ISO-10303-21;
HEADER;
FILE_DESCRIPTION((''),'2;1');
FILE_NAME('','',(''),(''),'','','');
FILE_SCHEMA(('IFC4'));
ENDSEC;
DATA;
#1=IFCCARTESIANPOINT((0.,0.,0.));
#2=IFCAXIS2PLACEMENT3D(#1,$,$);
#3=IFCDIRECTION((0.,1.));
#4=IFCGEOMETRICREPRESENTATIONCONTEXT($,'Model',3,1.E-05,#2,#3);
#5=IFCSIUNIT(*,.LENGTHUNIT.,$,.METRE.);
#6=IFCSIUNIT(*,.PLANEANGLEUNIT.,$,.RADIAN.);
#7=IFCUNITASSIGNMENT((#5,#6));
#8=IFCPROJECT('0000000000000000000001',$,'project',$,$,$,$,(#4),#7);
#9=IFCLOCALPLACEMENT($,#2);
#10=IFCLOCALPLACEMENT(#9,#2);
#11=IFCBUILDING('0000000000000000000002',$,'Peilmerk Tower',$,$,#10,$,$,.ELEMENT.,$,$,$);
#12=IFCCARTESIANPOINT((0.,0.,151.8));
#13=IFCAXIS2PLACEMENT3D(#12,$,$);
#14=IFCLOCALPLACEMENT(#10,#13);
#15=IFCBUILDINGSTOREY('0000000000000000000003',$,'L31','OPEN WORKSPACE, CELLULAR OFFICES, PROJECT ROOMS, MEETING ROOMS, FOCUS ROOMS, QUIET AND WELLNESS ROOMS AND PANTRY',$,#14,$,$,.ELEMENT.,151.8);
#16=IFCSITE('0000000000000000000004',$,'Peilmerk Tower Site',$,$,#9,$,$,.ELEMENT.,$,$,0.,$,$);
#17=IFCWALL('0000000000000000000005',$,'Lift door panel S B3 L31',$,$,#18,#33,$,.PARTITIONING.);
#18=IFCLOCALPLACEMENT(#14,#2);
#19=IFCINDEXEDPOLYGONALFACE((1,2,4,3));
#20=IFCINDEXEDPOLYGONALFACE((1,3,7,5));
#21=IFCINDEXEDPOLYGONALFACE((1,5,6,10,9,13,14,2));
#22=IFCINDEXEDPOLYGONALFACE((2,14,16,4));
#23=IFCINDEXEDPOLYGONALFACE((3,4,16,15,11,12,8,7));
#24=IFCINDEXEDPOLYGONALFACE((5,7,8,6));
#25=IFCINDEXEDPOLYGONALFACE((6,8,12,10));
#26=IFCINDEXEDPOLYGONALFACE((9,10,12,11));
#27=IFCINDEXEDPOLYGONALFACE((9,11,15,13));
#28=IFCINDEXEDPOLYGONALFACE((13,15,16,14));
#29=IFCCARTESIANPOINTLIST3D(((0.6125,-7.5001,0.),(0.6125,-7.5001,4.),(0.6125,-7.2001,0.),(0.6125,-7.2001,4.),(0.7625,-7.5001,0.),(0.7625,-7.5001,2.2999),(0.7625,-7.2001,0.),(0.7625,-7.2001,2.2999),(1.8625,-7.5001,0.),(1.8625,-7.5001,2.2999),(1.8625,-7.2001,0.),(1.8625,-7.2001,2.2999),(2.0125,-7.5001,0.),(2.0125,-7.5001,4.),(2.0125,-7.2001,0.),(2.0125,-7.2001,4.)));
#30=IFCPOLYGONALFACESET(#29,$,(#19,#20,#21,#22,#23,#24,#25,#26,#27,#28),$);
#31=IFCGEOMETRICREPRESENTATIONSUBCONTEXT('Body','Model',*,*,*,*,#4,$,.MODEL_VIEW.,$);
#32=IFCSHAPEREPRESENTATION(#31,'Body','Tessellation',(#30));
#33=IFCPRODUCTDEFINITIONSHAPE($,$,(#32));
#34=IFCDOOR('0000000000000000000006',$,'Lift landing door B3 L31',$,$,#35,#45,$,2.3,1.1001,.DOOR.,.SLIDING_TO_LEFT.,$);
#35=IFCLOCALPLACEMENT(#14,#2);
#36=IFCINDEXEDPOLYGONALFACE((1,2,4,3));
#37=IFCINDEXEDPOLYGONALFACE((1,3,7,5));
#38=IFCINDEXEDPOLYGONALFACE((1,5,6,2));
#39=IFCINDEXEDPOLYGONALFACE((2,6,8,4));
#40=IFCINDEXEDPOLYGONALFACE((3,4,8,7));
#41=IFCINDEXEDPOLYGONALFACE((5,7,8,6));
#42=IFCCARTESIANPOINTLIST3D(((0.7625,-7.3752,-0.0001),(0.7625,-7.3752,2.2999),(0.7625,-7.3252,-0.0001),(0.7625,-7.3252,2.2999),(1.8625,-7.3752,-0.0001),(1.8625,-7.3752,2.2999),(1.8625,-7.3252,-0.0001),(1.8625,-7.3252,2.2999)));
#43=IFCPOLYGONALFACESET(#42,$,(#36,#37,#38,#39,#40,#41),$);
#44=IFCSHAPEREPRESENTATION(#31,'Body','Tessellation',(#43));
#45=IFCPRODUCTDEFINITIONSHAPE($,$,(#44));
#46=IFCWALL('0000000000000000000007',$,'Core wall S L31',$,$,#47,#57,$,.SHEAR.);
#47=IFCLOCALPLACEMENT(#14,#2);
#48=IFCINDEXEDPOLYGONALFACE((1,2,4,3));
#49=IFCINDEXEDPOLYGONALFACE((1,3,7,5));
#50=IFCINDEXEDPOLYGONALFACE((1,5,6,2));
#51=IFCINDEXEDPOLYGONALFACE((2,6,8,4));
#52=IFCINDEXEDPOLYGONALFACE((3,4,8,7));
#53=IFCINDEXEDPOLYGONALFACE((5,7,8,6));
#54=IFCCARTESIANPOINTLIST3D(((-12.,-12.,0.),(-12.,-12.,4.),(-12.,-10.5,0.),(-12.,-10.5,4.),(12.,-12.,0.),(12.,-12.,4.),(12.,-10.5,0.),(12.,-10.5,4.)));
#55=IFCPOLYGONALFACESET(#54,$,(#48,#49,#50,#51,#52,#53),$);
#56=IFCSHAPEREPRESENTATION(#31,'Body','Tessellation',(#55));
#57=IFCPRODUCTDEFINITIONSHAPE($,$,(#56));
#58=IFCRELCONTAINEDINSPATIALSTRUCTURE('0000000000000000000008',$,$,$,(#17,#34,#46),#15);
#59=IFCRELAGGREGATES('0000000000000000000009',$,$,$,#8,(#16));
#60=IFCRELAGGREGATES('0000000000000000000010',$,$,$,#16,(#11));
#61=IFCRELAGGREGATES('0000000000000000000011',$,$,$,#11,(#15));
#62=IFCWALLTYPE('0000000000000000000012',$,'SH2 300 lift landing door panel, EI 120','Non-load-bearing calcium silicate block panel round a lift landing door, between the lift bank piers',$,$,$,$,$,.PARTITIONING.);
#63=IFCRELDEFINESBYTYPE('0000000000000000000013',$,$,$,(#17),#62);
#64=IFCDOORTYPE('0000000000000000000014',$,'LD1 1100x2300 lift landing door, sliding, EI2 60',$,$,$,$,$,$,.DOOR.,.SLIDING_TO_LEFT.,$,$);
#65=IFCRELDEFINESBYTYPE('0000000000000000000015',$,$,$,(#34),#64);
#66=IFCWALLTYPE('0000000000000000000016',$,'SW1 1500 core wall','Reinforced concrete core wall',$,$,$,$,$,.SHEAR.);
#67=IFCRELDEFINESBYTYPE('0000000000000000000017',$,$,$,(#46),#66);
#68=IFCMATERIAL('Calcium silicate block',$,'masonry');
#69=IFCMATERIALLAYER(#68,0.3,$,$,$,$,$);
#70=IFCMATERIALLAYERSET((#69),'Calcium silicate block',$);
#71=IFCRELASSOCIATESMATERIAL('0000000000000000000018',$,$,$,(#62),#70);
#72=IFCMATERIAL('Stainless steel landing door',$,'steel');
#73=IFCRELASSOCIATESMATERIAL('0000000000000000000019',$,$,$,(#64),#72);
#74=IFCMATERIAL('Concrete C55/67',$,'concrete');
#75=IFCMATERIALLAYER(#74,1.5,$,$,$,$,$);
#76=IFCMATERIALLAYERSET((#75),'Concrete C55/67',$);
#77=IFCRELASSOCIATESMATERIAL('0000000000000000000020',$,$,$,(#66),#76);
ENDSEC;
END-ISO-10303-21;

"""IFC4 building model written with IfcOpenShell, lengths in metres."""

from ifc_helpers import new_model, si_unit, direction, frame, frame_2d, origin, place, context, subcontext, project, spatial, rectangle, extrude, material, layer, layer_set, type_object, element, fill, save


model = new_model("IFC4")

# Units and contexts
model_context = context("Model", 3, precision=1e-05, world=origin(), true_north=direction((0.0, 1.0)))
body_context = subcontext(model_context, "Body", "Model", "MODEL_VIEW")
ifc_project = project(units=[si_unit("LENGTHUNIT", "METRE"), si_unit("PLANEANGLEUNIT", "RADIAN")], contexts=[model_context])

# Site, building, storey
site_placement = place(None, origin())
site = spatial("IfcSite", under=ifc_project, at=site_placement, Name="Peilmerk Tower Site", CompositionType="ELEMENT", RefElevation=0.0)
building_placement = place(site_placement, origin())
building = spatial("IfcBuilding", under=site, at=building_placement, Name="Peilmerk Tower", CompositionType="ELEMENT")
storey_placement = place(building_placement, frame((0.0, 0.0, 151.8)))
storey = spatial("IfcBuildingStorey", under=building, at=storey_placement, Name="L31", Description="OPEN WORKSPACE, CELLULAR OFFICES, PROJECT ROOMS, MEETING ROOMS, FOCUS ROOMS, QUIET AND WELLNESS ROOMS AND PANTRY", CompositionType="ELEMENT", Elevation=151.8)

# Shared definitions
ifc_material_1 = material(Name="Calcium silicate block", Category="masonry")

# Wall, opening, door
ifc_layer_1 = layer(ifc_material_1, 0.3)
ifc_layer_set_1 = layer_set([ifc_layer_1], Name="Calcium silicate block")
wall_type_1 = type_object("IfcWallType", Name="SH2 300 lift landing door panel, EI 120", Description="Non-load-bearing calcium silicate block panel round a lift landing door, between the lift bank piers", PredefinedType="PARTITIONING", material=ifc_layer_set_1)
wall_1_placement = place(storey_placement, frame((0.6125, -7.3501, 0.0), z_axis=(0.0, 0.0, 1.0), x_axis=(1.0, 0.0, 0.0)))
wall_1 = element("IfcWall", 1, at=wall_1_placement, inside=storey, type_object=wall_type_1, Name="Lift door panel S B3 L31", PredefinedType="PARTITIONING", context=body_context, shape_type="SweptSolid", body=[
    extrude(rectangle(XDim=1.3999, YDim=0.3, at=frame_2d((0.7, 0.0))), origin(), (0.0, 0.0, 1.0), 4.0),
])
opening_placement = place(wall_1_placement, frame((0.1499, 0.0, 0.0)))
opening = element("IfcOpeningElement", 2, at=opening_placement, cuts=wall_1, PredefinedType="OPENING", context=body_context, shape_type="SweptSolid", body=[
    extrude(rectangle(XDim=1.1001, YDim=2.3, at=frame_2d((0.55, 1.1499))), frame((0.0, 0.1599, 0.0), z_axis=(0.0, -1.0, 0.0), x_axis=(1.0, 0.0, 0.0)), (0.0, 0.0, 1.0), 0.3201),
])
ifc_material_2 = material(Name="Stainless steel landing door", Category="steel")
door_type = type_object("IfcDoorType", Name="LD1 1100x2300 lift landing door, sliding, EI2 60", OperationType="SLIDING_TO_LEFT", PredefinedType="DOOR", material=ifc_material_2)
door_placement = place(opening_placement, origin())
door = element("IfcDoor", 3, at=door_placement, inside=storey, type_object=door_type, Name="Lift landing door B3 L31", OperationType="SLIDING_TO_LEFT", OverallHeight=2.3, OverallWidth=1.1001, PredefinedType="DOOR", context=body_context, shape_type="SweptSolid", body=[
    extrude(rectangle(XDim=1.1001, YDim=2.3, at=frame_2d((0.55, 1.1499))), frame((0.0, 0.0249, 0.0), z_axis=(0.0, -1.0, 0.0), x_axis=(1.0, 0.0, 0.0)), (0.0, 0.0, 1.0), 0.05),
])
fill(opening, door)

# Wall
ifc_material_3 = material(Name="Concrete C55/67", Category="concrete")
ifc_layer_2 = layer(ifc_material_3, 1.5)
ifc_layer_set_2 = layer_set([ifc_layer_2], Name="Concrete C55/67")
wall_type_2 = type_object("IfcWallType", Name="SW1 1500 core wall", Description="Reinforced concrete core wall", PredefinedType="SHEAR", material=ifc_layer_set_2)
wall_2_placement = place(storey_placement, frame((12.0, -11.25, 0.0), z_axis=(0.0, 0.0, 1.0), x_axis=(-1.0, 0.0, 0.0)))
element("IfcWall", 4, at=wall_2_placement, inside=storey, type_object=wall_type_2, Name="Core wall S L31", PredefinedType="SHEAR", context=body_context, shape_type="SweptSolid", body=[
    extrude(rectangle(XDim=24.0, YDim=1.5, at=frame_2d((12.0, 0.0))), origin(), (0.0, 0.0, 1.0), 4.0),
])

save(model, "model.ifc")
